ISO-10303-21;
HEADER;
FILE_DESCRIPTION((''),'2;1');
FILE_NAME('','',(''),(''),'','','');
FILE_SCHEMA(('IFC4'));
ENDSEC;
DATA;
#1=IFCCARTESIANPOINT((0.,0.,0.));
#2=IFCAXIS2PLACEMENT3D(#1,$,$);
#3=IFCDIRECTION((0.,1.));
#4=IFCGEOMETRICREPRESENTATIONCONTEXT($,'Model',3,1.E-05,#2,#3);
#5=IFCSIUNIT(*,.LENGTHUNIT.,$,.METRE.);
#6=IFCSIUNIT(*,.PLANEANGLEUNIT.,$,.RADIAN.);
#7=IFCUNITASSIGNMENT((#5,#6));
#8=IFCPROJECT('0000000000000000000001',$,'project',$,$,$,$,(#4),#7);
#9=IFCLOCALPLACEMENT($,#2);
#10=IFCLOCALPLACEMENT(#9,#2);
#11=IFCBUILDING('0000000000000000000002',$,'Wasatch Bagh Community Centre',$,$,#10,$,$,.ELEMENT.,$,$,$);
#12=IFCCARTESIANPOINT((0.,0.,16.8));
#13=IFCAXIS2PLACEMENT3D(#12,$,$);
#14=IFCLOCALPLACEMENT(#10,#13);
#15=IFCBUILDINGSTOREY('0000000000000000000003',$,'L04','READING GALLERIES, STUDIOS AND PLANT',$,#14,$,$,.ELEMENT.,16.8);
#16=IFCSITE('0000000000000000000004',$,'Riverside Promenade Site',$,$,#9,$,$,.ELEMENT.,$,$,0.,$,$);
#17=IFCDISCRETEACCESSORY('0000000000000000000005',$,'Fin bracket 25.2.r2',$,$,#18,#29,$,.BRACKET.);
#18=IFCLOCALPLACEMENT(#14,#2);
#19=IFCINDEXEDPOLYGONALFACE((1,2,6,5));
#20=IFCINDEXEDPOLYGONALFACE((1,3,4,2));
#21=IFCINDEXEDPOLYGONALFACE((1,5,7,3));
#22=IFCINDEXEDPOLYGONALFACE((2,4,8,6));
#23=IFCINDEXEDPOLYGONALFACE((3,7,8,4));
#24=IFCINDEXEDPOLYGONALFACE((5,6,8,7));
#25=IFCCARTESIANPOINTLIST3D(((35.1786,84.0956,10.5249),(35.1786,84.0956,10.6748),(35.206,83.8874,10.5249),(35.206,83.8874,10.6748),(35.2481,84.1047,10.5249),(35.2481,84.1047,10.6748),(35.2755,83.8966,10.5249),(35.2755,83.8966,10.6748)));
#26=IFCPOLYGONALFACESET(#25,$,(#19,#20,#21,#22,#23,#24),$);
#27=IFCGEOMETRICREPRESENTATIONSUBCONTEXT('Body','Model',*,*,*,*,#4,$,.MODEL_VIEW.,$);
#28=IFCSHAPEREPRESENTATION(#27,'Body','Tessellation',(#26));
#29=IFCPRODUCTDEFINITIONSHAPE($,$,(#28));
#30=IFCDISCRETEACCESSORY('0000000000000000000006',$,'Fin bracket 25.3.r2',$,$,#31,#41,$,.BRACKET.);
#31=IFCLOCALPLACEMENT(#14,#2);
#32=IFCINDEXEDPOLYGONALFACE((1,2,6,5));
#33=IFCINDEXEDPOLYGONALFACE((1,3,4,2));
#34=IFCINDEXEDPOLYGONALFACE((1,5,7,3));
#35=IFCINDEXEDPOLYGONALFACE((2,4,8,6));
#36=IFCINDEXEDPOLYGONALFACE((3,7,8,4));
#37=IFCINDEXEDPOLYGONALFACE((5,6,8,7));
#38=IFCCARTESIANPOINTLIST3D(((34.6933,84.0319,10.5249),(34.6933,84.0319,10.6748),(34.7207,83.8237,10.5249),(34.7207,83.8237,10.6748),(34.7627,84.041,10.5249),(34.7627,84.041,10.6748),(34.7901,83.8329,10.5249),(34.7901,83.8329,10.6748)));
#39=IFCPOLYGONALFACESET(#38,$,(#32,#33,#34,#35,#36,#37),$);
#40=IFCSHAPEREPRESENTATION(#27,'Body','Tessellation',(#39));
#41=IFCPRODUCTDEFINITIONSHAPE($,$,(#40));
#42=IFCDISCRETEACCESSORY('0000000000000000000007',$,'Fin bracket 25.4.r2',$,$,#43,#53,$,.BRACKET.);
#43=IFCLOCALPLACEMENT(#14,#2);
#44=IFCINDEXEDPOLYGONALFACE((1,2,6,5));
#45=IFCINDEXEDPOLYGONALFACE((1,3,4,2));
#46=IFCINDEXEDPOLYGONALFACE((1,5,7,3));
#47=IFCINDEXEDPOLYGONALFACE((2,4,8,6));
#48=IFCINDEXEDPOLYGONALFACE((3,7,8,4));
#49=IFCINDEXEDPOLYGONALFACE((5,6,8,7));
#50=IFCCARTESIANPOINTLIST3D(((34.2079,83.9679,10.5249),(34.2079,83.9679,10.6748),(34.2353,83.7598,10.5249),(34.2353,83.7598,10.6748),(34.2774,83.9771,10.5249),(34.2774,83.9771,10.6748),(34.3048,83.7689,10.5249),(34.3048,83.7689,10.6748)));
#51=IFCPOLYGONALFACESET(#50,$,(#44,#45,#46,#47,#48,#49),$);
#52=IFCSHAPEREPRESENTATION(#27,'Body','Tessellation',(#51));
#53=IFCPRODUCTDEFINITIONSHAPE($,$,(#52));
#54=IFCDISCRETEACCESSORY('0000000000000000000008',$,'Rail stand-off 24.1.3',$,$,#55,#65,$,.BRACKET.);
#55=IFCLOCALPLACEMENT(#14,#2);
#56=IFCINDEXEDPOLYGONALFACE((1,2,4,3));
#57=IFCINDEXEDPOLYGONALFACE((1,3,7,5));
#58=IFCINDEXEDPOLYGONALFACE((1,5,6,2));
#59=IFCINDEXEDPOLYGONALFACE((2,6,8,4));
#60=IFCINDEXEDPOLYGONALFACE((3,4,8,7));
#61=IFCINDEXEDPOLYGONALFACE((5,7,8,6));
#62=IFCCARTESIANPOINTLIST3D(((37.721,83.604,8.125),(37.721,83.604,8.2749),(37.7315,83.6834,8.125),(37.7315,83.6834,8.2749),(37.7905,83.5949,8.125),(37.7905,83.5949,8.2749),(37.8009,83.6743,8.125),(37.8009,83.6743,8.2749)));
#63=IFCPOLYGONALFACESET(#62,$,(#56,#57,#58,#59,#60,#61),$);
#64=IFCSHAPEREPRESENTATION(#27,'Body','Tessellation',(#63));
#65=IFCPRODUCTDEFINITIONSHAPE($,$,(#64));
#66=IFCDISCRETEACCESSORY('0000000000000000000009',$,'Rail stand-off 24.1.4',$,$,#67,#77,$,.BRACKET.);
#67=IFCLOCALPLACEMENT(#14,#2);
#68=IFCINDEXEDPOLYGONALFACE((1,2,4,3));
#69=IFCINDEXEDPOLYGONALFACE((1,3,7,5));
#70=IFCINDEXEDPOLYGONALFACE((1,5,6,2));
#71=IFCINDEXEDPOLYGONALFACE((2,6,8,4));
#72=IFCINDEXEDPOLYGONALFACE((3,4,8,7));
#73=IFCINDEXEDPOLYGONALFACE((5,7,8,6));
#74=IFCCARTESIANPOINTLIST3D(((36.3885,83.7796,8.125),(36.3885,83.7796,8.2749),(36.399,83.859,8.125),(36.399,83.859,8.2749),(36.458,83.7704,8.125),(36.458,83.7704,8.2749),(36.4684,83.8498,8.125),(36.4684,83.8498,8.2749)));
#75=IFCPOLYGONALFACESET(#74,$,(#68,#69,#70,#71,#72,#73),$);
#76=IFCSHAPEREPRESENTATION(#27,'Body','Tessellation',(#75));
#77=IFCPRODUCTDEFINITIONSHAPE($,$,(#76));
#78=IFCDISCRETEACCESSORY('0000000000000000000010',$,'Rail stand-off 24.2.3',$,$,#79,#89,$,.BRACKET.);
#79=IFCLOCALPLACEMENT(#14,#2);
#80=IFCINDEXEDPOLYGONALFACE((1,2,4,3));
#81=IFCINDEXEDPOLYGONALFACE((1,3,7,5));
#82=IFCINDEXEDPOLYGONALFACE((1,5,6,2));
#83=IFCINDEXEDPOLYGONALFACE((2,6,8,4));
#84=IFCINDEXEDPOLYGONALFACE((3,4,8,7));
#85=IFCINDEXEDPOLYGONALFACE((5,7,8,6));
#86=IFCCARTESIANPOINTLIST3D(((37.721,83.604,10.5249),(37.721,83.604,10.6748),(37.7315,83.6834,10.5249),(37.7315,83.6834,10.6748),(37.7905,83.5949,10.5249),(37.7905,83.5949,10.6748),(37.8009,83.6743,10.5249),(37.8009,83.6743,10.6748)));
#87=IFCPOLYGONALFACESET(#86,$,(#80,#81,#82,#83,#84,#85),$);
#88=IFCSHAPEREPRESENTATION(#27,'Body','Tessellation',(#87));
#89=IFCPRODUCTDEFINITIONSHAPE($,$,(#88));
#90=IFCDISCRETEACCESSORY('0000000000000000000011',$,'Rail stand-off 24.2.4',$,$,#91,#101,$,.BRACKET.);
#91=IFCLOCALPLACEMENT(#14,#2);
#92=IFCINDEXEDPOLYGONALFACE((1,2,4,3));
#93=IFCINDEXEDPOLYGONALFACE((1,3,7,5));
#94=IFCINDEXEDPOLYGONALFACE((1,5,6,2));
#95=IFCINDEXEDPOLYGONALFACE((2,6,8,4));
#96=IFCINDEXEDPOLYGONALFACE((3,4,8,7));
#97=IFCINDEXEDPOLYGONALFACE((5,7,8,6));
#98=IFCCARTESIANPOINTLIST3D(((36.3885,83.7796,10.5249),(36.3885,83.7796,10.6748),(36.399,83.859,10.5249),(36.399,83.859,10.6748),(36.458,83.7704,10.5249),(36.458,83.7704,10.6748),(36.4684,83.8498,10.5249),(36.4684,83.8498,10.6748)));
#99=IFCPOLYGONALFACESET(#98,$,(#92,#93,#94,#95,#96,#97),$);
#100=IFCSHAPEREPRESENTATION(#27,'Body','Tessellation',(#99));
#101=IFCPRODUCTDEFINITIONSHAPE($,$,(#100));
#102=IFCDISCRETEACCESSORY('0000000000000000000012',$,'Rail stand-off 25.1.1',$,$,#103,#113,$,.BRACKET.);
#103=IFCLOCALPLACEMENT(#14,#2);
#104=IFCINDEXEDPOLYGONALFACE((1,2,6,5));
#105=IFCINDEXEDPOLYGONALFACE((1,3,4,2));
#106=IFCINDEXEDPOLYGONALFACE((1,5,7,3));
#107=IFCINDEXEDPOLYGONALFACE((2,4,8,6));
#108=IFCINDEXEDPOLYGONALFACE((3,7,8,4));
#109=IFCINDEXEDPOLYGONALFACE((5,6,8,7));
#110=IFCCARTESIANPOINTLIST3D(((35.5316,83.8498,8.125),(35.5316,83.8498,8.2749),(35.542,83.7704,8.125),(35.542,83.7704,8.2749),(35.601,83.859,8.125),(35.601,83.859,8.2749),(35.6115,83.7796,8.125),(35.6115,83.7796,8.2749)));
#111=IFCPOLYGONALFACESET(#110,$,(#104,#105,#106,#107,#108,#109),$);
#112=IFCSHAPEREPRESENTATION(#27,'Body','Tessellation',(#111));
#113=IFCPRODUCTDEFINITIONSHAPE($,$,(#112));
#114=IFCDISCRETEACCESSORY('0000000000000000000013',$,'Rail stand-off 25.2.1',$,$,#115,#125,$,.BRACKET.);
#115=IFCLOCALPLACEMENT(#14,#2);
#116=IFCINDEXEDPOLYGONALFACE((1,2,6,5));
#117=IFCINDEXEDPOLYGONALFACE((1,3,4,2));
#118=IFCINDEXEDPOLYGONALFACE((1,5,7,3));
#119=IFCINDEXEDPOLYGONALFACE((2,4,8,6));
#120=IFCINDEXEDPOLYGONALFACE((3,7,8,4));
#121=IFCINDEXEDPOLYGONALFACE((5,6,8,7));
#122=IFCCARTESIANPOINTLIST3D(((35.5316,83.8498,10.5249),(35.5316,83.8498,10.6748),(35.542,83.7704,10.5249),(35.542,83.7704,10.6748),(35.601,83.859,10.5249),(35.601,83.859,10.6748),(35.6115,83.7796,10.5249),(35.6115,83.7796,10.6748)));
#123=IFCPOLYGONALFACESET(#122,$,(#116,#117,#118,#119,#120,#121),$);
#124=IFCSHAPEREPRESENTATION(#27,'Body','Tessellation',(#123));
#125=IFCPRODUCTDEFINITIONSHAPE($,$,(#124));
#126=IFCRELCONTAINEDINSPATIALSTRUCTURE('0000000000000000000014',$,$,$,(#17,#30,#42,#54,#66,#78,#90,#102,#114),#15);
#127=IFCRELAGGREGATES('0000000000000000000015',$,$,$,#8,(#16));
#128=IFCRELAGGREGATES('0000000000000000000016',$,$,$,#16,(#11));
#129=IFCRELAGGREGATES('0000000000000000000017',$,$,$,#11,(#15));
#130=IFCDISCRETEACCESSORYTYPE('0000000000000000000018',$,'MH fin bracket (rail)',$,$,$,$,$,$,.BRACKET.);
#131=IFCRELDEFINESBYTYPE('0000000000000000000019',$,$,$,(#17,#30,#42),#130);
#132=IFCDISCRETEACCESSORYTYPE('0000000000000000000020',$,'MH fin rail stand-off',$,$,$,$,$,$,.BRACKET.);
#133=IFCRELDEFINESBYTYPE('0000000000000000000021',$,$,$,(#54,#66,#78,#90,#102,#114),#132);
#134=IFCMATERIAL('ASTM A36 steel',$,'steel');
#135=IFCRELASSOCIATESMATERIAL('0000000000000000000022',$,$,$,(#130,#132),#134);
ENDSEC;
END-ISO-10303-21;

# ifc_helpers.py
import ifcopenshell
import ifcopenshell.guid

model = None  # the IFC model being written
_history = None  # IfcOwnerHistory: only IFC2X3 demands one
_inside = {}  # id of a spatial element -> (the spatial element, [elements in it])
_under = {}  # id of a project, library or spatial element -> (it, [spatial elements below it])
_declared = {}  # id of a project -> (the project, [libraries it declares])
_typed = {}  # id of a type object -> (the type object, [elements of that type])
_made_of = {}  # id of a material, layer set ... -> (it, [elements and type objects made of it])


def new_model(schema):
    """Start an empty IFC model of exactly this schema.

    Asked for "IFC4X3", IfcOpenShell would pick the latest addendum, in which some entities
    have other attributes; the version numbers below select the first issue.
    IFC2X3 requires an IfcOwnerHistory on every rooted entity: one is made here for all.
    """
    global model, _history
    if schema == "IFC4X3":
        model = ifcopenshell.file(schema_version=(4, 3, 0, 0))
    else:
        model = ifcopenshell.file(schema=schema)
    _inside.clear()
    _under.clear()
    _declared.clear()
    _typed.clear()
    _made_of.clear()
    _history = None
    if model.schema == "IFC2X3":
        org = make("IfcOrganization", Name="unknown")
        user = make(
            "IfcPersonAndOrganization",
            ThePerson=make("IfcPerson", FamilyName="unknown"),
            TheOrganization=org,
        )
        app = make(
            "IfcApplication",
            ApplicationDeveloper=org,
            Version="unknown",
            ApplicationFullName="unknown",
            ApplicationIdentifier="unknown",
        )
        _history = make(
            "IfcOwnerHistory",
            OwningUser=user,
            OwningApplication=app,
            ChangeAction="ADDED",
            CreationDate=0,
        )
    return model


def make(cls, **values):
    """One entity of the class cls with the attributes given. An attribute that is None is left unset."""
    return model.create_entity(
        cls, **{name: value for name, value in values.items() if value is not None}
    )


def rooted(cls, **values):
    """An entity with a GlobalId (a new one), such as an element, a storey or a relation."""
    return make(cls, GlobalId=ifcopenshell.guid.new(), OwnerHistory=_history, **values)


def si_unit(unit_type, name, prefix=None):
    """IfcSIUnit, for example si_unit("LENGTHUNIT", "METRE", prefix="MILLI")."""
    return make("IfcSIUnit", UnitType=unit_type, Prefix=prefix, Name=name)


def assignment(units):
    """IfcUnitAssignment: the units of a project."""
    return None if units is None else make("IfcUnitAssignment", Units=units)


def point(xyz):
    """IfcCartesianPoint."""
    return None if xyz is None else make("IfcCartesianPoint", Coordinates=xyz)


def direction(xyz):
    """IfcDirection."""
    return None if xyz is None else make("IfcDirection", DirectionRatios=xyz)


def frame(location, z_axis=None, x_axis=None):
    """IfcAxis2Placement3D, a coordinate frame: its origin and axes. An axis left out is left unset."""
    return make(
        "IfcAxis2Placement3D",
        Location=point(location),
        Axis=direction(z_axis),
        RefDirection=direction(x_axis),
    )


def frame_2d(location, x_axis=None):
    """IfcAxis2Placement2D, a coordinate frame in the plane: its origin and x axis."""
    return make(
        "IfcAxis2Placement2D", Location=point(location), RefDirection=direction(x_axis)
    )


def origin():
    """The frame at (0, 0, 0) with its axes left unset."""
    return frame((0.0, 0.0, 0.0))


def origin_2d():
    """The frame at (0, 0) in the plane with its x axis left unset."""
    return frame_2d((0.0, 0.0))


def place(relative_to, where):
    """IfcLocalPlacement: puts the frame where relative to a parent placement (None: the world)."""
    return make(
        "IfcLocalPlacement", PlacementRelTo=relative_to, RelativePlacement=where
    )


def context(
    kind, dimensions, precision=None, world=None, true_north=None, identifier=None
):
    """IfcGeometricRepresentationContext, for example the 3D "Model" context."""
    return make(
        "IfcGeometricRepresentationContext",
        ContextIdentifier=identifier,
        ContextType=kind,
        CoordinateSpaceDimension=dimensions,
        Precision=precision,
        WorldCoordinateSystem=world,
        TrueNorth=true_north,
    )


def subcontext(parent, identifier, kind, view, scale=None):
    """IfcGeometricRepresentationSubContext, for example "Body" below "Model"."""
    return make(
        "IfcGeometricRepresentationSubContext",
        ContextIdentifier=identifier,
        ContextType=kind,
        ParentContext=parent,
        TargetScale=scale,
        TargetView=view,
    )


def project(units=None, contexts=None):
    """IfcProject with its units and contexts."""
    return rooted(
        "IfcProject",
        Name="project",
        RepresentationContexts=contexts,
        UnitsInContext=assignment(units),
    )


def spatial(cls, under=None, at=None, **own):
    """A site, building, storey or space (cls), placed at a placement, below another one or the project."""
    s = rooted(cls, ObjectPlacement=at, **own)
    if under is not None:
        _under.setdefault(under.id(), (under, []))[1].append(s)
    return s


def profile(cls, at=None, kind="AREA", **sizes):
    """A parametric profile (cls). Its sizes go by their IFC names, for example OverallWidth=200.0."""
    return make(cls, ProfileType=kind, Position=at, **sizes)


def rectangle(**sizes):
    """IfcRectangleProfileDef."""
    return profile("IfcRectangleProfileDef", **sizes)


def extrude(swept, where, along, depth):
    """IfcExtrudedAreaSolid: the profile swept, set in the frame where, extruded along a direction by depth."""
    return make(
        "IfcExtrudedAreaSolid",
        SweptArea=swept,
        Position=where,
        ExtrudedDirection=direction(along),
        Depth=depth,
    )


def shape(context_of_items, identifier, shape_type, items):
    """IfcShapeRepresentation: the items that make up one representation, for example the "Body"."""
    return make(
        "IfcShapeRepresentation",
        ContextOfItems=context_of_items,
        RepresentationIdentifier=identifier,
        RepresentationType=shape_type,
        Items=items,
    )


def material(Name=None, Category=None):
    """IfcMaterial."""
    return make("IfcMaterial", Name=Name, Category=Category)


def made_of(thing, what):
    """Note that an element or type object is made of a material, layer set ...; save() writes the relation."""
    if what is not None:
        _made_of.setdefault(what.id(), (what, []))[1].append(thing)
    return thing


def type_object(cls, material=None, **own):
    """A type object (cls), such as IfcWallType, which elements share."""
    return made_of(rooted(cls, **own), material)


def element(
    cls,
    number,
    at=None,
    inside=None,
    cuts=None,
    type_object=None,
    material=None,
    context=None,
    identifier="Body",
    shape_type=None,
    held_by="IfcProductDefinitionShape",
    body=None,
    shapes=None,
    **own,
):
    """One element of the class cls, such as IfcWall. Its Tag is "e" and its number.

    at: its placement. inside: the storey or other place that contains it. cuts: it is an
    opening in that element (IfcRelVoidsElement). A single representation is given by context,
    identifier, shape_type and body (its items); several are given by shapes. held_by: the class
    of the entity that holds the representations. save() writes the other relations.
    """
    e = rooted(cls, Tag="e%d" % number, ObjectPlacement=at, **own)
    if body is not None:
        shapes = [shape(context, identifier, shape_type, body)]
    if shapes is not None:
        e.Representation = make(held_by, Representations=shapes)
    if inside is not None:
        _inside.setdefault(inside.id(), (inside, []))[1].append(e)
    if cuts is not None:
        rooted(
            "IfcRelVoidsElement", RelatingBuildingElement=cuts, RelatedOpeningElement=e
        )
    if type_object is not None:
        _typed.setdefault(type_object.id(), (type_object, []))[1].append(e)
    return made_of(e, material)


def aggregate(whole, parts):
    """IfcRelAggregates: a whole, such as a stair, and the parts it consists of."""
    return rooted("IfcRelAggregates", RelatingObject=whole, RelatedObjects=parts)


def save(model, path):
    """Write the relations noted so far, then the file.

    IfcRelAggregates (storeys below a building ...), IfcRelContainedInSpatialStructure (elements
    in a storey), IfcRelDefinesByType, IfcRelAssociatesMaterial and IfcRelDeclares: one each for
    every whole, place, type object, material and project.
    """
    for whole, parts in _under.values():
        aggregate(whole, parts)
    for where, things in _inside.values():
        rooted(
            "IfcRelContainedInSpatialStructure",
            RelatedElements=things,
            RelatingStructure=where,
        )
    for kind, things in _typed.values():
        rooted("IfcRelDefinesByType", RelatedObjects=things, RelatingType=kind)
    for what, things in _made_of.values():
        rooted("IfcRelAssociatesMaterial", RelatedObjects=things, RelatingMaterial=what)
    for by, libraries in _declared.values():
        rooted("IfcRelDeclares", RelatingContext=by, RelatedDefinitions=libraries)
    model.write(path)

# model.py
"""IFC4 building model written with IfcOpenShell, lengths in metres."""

from ifc_helpers import new_model, si_unit, direction, frame, origin, origin_2d, place, context, subcontext, project, spatial, rectangle, extrude, material, type_object, element, save


model = new_model("IFC4")

# Units and contexts
model_context = context("Model", 3, precision=1e-05, world=origin(), true_north=direction((0.0, 1.0)))
body_context = subcontext(model_context, "Body", "Model", "MODEL_VIEW")
ifc_project = project(units=[si_unit("LENGTHUNIT", "METRE"), si_unit("PLANEANGLEUNIT", "RADIAN")], contexts=[model_context])

# Site, building, storey
site_placement = place(None, origin())
site = spatial("IfcSite", under=ifc_project, at=site_placement, Name="Riverside Promenade Site", CompositionType="ELEMENT", RefElevation=0.0)
building_placement = place(site_placement, origin())
building = spatial("IfcBuilding", under=site, at=building_placement, Name="Wasatch Bagh Community Centre", CompositionType="ELEMENT")
storey_placement = place(building_placement, frame((0.0, 0.0, 16.8)))
storey = spatial("IfcBuildingStorey", under=building, at=storey_placement, Name="L04", Description="READING GALLERIES, STUDIOS AND PLANT", CompositionType="ELEMENT", Elevation=16.8)

# Discrete accessories
ifc_material_1 = material(Name="ASTM A36 steel", Category="steel")
discrete_accessory_type_1 = type_object("IfcDiscreteAccessoryType", Name="MH fin bracket (rail)", PredefinedType="BRACKET", material=ifc_material_1)
for number, where, z_axis, x_axis, name in (
    (1, (35.2271, 83.9961, 10.5249), (0.0, 0.0, 1.0), (-0.991445, -0.130526, 0.0), "Fin bracket 25.2.r2"),
    (2, (34.7417, 83.9324, 10.5249), (0.0, 0.0, 1.0), (-0.991445, -0.130526, 0.0), "Fin bracket 25.3.r2"),
    (3, (34.2563, 83.8684, 10.5249), (0.0, 0.0, 1.0), (-0.991445, -0.130526, 0.0), "Fin bracket 25.4.r2"),
):
    element("IfcDiscreteAccessory", number, at=place(storey_placement, frame(where, z_axis=z_axis, x_axis=x_axis)), inside=storey, type_object=discrete_accessory_type_1, Name=name, PredefinedType="BRACKET", context=body_context, shape_type="SweptSolid", body=[
        extrude(rectangle(XDim=0.0701, YDim=0.21, at=origin_2d()), origin(), (0.0, 0.0, 1.0), 0.1499),
    ])
discrete_accessory_type_2 = type_object("IfcDiscreteAccessoryType", Name="MH fin rail stand-off", PredefinedType="BRACKET", material=ifc_material_1)
for number, where, z_axis, x_axis, name in (
    (4, (37.761, 83.6392, 8.125), (0.0, 0.0, 1.0), (-0.991445, 0.130526, 0.0), "Rail stand-off 24.1.3"),
    (5, (36.4285, 83.8147, 8.125), (0.0, 0.0, 1.0), (-0.991445, 0.130526, 0.0), "Rail stand-off 24.1.4"),
    (6, (37.761, 83.6392, 10.5249), (0.0, 0.0, 1.0), (-0.991445, 0.130526, 0.0), "Rail stand-off 24.2.3"),
    (7, (36.4285, 83.8147, 10.5249), (0.0, 0.0, 1.0), (-0.991445, 0.130526, 0.0), "Rail stand-off 24.2.4"),
    (8, (35.5715, 83.8147, 8.125), (0.0, 0.0, 1.0), (-0.991445, -0.130526, 0.0), "Rail stand-off 25.1.1"),
    (9, (35.5715, 83.8147, 10.5249), (0.0, 0.0, 1.0), (-0.991445, -0.130526, 0.0), "Rail stand-off 25.2.1"),
):
    element("IfcDiscreteAccessory", number, at=place(storey_placement, frame(where, z_axis=z_axis, x_axis=x_axis)), inside=storey, type_object=discrete_accessory_type_2, Name=name, PredefinedType="BRACKET", context=body_context, shape_type="SweptSolid", body=[
        extrude(rectangle(XDim=0.0701, YDim=0.0801, at=origin_2d()), origin(), (0.0, 0.0, 1.0), 0.1499),
    ])

save(model, "model.ifc")
